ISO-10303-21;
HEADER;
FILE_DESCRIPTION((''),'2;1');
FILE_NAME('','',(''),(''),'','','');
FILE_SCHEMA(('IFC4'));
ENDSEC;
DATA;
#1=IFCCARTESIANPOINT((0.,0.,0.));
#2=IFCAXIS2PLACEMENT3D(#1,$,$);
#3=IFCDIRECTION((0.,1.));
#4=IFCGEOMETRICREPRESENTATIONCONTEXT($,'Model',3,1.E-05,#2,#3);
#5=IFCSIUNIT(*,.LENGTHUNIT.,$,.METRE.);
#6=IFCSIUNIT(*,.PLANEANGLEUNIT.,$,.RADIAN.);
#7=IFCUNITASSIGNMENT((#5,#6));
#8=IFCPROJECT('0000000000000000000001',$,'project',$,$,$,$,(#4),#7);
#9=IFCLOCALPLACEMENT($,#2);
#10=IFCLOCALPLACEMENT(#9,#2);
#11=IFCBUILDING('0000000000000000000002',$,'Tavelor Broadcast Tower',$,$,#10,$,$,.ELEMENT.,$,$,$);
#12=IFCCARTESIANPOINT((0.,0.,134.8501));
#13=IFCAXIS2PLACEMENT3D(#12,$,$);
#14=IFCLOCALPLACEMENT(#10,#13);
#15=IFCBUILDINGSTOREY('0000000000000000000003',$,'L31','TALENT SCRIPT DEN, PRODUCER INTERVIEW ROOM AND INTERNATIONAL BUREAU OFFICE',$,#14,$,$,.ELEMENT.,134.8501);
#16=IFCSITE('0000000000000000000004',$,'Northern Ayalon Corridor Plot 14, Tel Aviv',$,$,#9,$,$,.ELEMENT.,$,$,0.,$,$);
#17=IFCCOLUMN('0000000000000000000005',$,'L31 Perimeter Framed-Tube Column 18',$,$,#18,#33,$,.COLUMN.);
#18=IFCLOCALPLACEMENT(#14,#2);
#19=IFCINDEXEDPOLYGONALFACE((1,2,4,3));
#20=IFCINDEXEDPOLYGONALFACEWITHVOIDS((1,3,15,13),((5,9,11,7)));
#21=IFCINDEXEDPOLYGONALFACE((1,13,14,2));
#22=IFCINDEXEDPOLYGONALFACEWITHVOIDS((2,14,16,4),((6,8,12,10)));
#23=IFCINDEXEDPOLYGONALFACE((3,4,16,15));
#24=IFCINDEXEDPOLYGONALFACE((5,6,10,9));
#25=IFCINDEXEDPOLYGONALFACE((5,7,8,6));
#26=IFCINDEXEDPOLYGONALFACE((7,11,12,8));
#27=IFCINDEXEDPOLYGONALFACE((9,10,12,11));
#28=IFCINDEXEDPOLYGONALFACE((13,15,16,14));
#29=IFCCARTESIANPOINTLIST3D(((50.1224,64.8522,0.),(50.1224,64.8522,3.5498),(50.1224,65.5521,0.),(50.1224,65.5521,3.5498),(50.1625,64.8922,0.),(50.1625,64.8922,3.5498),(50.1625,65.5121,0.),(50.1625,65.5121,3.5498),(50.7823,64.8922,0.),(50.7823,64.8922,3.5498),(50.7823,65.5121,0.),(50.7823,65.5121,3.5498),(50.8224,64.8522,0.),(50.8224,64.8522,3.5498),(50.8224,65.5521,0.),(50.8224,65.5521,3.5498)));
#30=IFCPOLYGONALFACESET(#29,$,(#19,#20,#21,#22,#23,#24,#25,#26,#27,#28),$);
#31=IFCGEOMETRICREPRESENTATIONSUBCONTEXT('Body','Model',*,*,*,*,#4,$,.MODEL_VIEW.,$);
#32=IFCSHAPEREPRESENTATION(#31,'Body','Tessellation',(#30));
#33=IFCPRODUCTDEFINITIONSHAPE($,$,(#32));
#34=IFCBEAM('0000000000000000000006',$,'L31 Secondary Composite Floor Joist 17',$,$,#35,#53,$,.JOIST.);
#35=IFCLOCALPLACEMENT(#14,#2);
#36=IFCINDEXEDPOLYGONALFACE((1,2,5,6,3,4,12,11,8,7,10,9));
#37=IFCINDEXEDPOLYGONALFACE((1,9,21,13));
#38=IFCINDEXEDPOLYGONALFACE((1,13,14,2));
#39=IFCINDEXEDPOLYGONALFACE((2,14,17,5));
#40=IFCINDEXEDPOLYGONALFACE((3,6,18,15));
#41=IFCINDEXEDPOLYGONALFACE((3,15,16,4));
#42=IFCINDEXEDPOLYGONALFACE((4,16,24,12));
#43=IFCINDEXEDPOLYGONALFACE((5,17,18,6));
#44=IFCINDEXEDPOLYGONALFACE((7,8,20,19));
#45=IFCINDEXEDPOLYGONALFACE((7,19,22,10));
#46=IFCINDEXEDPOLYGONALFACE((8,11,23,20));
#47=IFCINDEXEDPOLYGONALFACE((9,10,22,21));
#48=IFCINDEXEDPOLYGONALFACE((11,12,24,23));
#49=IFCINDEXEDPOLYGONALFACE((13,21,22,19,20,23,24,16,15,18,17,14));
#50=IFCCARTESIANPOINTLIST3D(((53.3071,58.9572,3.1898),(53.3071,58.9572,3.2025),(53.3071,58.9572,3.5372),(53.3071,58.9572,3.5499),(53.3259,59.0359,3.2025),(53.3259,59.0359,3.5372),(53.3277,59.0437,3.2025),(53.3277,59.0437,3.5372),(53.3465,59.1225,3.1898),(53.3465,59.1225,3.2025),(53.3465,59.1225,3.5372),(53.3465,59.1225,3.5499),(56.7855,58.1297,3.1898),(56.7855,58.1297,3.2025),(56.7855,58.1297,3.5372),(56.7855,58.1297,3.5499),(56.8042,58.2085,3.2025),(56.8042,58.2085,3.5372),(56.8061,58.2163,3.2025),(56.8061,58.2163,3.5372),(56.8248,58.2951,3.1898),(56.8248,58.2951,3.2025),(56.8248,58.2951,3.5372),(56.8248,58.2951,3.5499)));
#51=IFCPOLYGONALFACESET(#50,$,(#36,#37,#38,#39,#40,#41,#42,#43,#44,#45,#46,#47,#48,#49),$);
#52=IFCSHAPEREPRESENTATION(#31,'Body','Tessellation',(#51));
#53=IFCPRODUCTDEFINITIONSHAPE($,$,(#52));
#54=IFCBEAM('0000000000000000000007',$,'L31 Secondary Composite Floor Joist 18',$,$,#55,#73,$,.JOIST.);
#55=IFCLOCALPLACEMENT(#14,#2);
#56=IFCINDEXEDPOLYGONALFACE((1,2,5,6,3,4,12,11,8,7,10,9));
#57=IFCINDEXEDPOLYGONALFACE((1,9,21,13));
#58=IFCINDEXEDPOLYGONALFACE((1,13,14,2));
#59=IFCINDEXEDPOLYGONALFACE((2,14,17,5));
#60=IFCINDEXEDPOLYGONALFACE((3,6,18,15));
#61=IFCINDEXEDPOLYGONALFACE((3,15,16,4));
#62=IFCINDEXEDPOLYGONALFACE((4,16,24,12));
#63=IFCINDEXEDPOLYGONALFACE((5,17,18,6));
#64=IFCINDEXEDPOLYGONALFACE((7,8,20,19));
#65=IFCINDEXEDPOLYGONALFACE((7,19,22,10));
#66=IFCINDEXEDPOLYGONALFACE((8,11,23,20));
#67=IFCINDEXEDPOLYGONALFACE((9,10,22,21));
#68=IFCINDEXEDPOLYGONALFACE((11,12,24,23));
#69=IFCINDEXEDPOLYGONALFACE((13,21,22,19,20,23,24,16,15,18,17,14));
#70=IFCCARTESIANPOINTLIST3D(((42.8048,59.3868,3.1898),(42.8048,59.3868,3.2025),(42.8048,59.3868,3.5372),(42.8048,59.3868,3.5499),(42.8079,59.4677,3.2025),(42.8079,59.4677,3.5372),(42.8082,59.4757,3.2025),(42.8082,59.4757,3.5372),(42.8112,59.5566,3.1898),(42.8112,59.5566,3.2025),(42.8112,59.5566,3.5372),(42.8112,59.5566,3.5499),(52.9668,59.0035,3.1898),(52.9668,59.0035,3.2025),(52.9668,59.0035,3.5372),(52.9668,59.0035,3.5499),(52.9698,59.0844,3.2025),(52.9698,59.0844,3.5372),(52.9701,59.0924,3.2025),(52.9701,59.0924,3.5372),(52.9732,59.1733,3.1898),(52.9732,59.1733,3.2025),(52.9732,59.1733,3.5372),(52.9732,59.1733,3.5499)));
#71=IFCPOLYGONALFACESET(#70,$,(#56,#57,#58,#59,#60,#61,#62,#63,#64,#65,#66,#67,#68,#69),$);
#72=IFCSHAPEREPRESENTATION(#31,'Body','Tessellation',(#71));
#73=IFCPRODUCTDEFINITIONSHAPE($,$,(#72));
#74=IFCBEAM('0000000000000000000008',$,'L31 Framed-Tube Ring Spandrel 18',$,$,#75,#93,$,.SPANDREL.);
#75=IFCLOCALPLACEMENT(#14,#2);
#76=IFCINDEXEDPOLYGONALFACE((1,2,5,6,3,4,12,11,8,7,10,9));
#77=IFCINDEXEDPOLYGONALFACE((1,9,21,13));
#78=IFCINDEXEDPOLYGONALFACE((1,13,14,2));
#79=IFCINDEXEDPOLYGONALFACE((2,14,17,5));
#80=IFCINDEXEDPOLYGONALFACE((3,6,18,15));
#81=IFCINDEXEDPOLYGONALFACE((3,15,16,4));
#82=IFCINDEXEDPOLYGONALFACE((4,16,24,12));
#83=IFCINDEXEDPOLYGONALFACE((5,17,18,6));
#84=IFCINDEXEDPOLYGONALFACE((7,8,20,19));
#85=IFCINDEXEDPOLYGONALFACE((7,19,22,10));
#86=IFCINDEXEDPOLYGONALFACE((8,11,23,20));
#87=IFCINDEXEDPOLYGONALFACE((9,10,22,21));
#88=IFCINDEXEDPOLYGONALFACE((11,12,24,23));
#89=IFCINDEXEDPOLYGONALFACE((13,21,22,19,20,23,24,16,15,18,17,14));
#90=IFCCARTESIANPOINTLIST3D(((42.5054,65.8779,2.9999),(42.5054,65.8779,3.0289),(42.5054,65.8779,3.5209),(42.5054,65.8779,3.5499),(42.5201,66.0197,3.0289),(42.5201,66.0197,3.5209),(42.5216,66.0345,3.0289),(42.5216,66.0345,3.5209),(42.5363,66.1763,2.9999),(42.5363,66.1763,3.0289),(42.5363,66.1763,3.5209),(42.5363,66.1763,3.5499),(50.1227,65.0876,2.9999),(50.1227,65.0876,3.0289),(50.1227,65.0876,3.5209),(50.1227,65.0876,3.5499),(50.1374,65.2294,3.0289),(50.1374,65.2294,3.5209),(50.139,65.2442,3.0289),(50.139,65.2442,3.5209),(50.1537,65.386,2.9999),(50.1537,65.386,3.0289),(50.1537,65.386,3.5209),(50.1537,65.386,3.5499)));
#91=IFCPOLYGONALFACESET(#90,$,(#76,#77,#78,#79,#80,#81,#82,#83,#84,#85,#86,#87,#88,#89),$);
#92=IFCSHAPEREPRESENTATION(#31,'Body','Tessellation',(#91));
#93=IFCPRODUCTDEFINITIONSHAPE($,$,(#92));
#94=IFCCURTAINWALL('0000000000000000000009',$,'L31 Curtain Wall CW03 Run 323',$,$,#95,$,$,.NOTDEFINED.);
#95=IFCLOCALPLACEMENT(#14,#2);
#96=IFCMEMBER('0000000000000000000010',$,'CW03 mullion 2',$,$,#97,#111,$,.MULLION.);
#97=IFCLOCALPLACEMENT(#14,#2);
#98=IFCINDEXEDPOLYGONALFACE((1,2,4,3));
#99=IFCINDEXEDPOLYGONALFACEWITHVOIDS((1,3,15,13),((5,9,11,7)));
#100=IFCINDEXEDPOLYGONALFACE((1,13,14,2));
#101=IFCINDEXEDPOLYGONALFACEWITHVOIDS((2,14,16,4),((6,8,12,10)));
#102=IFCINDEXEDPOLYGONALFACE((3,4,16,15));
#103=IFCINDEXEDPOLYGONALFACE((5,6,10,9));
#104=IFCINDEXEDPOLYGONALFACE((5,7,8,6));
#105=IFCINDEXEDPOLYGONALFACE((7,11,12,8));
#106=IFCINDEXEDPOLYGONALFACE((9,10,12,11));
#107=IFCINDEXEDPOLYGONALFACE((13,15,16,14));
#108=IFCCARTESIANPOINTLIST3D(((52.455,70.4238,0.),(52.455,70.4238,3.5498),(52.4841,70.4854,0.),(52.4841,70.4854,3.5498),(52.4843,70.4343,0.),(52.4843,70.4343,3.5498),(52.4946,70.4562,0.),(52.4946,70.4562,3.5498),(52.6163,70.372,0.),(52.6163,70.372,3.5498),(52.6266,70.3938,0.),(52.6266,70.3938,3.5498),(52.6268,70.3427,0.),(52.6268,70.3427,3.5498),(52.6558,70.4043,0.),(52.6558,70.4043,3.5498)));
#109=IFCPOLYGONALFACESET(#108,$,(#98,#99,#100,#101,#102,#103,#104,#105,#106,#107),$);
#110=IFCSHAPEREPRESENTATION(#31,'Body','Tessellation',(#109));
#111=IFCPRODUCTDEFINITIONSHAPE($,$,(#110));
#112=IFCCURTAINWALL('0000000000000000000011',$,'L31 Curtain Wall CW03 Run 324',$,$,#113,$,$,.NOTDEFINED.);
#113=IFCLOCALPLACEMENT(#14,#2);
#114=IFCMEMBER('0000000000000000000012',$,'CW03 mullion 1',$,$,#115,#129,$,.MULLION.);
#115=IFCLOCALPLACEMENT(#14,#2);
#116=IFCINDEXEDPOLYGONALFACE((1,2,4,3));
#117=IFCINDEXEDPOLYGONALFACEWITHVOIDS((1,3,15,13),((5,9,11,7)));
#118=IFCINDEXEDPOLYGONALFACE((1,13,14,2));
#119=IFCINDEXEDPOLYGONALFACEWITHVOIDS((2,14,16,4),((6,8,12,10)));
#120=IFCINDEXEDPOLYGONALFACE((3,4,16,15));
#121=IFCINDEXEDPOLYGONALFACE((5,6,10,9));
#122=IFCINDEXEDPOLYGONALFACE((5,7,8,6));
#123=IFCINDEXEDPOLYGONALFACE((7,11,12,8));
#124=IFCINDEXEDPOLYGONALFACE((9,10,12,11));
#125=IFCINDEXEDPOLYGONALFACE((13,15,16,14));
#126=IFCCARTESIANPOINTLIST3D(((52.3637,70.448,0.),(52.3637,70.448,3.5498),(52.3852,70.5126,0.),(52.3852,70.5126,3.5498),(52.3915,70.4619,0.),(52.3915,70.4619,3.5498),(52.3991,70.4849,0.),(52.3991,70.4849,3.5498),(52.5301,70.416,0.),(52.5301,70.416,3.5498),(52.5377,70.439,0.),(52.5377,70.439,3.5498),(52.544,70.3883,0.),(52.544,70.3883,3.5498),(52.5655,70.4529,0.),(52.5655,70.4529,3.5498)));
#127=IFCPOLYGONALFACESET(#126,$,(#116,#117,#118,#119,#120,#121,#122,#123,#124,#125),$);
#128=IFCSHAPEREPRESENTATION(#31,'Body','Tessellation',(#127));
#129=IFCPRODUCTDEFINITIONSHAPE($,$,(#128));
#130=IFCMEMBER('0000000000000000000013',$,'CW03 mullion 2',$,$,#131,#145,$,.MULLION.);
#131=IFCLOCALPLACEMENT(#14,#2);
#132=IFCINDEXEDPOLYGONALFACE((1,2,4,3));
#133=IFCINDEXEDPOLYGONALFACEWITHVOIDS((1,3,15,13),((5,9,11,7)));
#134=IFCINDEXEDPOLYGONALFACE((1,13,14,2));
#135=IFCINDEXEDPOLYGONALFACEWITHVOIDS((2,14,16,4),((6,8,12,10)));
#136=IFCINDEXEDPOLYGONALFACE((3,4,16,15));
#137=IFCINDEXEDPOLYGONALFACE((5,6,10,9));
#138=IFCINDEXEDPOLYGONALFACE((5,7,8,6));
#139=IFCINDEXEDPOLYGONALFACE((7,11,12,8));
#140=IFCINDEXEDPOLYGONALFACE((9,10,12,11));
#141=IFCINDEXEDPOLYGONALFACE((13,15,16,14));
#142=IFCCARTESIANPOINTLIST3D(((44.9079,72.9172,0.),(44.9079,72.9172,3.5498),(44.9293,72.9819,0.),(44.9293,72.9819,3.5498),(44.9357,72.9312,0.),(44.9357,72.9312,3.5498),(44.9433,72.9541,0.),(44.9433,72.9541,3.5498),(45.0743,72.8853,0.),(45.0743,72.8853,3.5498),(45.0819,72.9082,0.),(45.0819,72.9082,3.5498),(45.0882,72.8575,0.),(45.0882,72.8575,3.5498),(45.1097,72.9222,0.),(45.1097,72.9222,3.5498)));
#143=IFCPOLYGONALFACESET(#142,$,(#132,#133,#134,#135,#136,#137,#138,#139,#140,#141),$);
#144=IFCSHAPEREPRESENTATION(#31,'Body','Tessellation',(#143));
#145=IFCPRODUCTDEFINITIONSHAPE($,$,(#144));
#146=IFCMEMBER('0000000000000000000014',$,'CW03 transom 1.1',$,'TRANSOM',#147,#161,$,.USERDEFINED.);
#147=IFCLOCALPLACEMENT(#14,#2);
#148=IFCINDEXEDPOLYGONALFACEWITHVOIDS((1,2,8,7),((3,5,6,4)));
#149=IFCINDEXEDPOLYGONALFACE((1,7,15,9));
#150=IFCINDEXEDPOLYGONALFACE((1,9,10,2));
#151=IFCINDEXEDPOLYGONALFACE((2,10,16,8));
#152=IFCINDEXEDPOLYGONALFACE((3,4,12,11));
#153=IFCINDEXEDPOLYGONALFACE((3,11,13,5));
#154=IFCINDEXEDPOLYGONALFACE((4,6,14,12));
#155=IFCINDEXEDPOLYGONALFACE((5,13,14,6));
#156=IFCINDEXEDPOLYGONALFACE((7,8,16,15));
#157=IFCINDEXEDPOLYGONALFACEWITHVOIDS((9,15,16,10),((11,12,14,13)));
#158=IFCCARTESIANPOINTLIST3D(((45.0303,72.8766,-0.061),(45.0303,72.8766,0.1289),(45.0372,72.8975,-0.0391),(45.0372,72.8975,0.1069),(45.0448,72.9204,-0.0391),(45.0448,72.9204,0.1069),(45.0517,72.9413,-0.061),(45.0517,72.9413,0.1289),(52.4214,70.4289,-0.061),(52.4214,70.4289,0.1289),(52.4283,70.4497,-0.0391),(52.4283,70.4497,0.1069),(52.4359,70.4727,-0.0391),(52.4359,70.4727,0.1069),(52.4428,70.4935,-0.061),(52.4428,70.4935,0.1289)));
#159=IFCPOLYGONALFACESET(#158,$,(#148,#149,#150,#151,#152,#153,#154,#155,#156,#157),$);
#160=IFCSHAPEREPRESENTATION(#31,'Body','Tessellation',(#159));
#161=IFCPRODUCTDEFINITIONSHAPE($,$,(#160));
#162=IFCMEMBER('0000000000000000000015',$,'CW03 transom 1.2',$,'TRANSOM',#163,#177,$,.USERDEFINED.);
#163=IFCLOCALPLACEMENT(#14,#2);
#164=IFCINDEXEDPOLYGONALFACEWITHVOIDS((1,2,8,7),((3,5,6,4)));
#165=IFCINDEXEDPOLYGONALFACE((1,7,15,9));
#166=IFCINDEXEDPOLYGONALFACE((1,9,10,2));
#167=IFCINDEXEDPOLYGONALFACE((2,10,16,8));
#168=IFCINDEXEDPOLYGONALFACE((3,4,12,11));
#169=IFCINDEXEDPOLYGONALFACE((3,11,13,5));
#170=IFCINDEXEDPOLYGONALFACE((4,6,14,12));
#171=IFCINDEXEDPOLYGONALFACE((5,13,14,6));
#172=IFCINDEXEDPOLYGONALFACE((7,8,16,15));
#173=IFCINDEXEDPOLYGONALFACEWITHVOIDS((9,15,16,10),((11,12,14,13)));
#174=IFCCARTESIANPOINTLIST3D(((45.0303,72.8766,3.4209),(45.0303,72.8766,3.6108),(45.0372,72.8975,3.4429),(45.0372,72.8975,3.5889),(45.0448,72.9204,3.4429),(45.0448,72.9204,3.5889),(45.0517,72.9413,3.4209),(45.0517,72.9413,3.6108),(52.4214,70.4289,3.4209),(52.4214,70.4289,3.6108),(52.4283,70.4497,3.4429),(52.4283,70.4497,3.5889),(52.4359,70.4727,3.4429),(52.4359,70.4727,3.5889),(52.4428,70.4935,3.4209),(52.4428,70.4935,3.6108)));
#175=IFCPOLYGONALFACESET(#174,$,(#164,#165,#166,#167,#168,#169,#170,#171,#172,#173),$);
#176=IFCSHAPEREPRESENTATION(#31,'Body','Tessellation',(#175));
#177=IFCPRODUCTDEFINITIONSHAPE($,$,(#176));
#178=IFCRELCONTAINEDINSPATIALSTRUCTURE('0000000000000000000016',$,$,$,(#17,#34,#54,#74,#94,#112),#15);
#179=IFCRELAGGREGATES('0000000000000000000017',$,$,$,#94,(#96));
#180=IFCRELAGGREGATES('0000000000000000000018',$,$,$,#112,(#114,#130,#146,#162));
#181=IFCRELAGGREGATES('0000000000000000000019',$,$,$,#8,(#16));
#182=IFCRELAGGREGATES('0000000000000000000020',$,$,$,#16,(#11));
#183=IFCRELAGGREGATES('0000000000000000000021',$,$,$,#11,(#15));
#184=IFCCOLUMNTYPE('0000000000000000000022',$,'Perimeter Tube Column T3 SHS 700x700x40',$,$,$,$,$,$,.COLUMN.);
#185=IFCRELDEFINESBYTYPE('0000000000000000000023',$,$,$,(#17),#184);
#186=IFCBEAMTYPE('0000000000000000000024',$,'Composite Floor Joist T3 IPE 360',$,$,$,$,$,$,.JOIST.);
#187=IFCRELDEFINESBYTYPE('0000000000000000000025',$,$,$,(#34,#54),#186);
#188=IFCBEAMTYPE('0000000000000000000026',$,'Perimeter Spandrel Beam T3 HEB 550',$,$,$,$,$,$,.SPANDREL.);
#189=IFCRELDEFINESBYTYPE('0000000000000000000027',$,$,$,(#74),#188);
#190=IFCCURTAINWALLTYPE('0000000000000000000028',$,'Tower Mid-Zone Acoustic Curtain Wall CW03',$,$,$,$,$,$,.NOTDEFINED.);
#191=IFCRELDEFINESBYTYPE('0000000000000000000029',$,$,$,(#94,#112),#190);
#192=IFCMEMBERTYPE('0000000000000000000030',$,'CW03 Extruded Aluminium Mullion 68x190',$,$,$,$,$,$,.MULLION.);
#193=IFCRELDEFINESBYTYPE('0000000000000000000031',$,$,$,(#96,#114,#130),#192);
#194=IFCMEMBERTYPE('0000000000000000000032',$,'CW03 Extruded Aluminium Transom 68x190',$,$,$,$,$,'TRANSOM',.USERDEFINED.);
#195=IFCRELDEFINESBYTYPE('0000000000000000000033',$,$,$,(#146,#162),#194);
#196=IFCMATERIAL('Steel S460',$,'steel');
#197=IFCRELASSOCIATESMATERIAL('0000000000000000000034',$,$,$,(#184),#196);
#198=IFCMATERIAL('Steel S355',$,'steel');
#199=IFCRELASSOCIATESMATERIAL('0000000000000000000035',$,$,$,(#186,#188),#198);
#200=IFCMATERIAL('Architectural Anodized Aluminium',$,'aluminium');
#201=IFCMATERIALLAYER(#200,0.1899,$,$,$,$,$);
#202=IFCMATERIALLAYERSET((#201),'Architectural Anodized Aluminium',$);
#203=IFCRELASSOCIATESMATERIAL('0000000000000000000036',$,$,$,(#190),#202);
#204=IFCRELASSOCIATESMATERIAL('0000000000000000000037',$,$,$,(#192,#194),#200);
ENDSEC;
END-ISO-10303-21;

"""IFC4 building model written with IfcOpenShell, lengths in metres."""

from ifc_helpers import new_model, si_unit, direction, frame, origin, origin_2d, place, context, subcontext, project, spatial, hollow_rectangle, i_section, extrude, source, transform, mapped, material, layer, layer_set, material_profile, profile_set, type_object, type_shapes, element, aggregate, save


model = new_model("IFC4")

# Units and contexts
model_context = context("Model", 3, precision=1e-05, world=origin(), true_north=direction((0.0, 1.0)))
body_context = subcontext(model_context, "Body", "Model", "MODEL_VIEW")
ifc_project = project(units=[si_unit("LENGTHUNIT", "METRE"), si_unit("PLANEANGLEUNIT", "RADIAN")], contexts=[model_context])

# Site, building, storey
site_placement = place(None, origin())
site = spatial("IfcSite", under=ifc_project, at=site_placement, Name="Northern Ayalon Corridor Plot 14, Tel Aviv", CompositionType="ELEMENT", RefElevation=0.0)
building_placement = place(site_placement, origin())
building = spatial("IfcBuilding", under=site, at=building_placement, Name="Tavelor Broadcast Tower", CompositionType="ELEMENT")
storey_placement = place(building_placement, frame((0.0, 0.0, 134.8501)))
storey = spatial("IfcBuildingStorey", under=building, at=storey_placement, Name="L31", Description="TALENT SCRIPT DEN, PRODUCER INTERVIEW ROOM AND INTERNATIONAL BUREAU OFFICE", CompositionType="ELEMENT", Elevation=134.8501)

# Column
ifc_material_1 = material(Name="Steel S460", Category="steel")
ifc_material_profile_1 = material_profile(ifc_material_1, hollow_rectangle(XDim=0.7, YDim=0.7, WallThickness=0.04, at=origin_2d()), Name="SHS 700x700x40")
ifc_profile_set_1 = profile_set([ifc_material_profile_1], Name="Steel S460")
column_type = type_object("IfcColumnType", Name="Perimeter Tube Column T3 SHS 700x700x40", PredefinedType="COLUMN", material=ifc_profile_set_1)
column_placement = place(storey_placement, frame((50.4724, 65.2021, 0.0), z_axis=(0.0, 0.0, 1.0), x_axis=(1.0, 0.0, 0.0)))
element("IfcColumn", 1, at=column_placement, inside=storey, type_object=column_type, Name="L31 Perimeter Framed-Tube Column 18", PredefinedType="COLUMN", context=body_context, shape_type="SweptSolid", body=[
    extrude(hollow_rectangle(XDim=0.7, YDim=0.7, WallThickness=0.04, at=origin_2d()), origin(), (0.0, 0.0, 1.0), 3.5498),
])

# Beams
ifc_material_2 = material(Name="Steel S355", Category="steel")
ifc_material_profile_2 = material_profile(ifc_material_2, i_section(OverallWidth=0.1699, OverallDepth=0.3601, WebThickness=0.0081, FlangeThickness=0.0127, at=origin_2d()), Name="IPE 360")
ifc_profile_set_2 = profile_set([ifc_material_profile_2], Name="Steel S355")
beam_type_1 = type_object("IfcBeamType", Name="Composite Floor Joist T3 IPE 360", PredefinedType="JOIST", material=ifc_profile_set_2)
beam_1_placement = place(storey_placement, frame((56.8052, 58.2124, 3.3699), z_axis=(-0.972855, 0.231417, 0.0), x_axis=(-0.231417, -0.972855, 0.0)))
element("IfcBeam", 2, at=beam_1_placement, inside=storey, type_object=beam_type_1, Name="L31 Secondary Composite Floor Joist 17", PredefinedType="JOIST", context=body_context, shape_type="SweptSolid", body=[
    extrude(i_section(OverallWidth=0.1699, OverallDepth=0.3601, WebThickness=0.0081, FlangeThickness=0.0127, at=origin_2d()), origin(), (0.0, 0.0, 1.0), 3.5754),
])
beam_2_placement = place(storey_placement, frame((52.97, 59.0884, 3.3699), z_axis=(-0.999289, 0.037693, 0.0), x_axis=(-0.037693, -0.999289, 0.0)))
element("IfcBeam", 3, at=beam_2_placement, inside=storey, type_object=beam_type_1, Name="L31 Secondary Composite Floor Joist 18", PredefinedType="JOIST", context=body_context, shape_type="SweptSolid", body=[
    extrude(i_section(OverallWidth=0.1699, OverallDepth=0.3601, WebThickness=0.0081, FlangeThickness=0.0127, at=origin_2d()), origin(), (0.0, 0.0, 1.0), 10.1692),
])
ifc_material_profile_3 = material_profile(ifc_material_2, i_section(OverallWidth=0.3, OverallDepth=0.55, WebThickness=0.0149, FlangeThickness=0.0291, at=origin_2d()), Name="HEB 550")
ifc_profile_set_3 = profile_set([ifc_material_profile_3], Name="Steel S355")
beam_type_2 = type_object("IfcBeamType", Name="Perimeter Spandrel Beam T3 HEB 550", PredefinedType="SPANDREL", material=ifc_profile_set_3)
beam_3_placement = place(storey_placement, frame((50.1382, 65.2368, 3.2749), z_axis=(-0.994661, 0.103193, 0.0), x_axis=(-0.103193, -0.994661, 0.0)))
element("IfcBeam", 4, at=beam_3_placement, inside=storey, type_object=beam_type_2, Name="L31 Framed-Tube Ring Spandrel 18", PredefinedType="SPANDREL", context=body_context, shape_type="SweptSolid", body=[
    extrude(i_section(OverallWidth=0.3, OverallDepth=0.55, WebThickness=0.0149, FlangeThickness=0.0291, at=origin_2d()), origin(), (0.0, 0.0, 1.0), 7.6582),
])

# Curtain wall, member
ifc_material_3 = material(Name="Architectural Anodized Aluminium", Category="aluminium")
ifc_layer_1 = layer(ifc_material_3, 0.1899)
ifc_layer_set_1 = layer_set([ifc_layer_1], Name="Architectural Anodized Aluminium")
curtain_wall_type = type_object("IfcCurtainWallType", Name="Tower Mid-Zone Acoustic Curtain Wall CW03", PredefinedType="NOTDEFINED", material=ifc_layer_set_1)
curtain_wall_1_placement = place(storey_placement, origin())
curtain_wall_1 = element("IfcCurtainWall", 5, at=curtain_wall_1_placement, inside=storey, type_object=curtain_wall_type, Name="L31 Curtain Wall CW03 Run 323", PredefinedType="NOTDEFINED")
ifc_material_profile_4 = material_profile(ifc_material_3, hollow_rectangle(XDim=0.0681, YDim=0.1899, WallThickness=0.022, at=origin_2d()), Name="RHS 68x190x22")
ifc_profile_set_4 = profile_set([ifc_material_profile_4], Name="Architectural Anodized Aluminium")
member_type_1 = type_object("IfcMemberType", Name="CW03 Extruded Aluminium Mullion 68x190", PredefinedType="MULLION", material=ifc_profile_set_4)
shared_shape_1 = source(origin(), body_context, "Body", "SweptSolid", [
    extrude(hollow_rectangle(XDim=0.0681, YDim=0.1899, WallThickness=0.022, at=origin_2d()), origin(), (0.0, 0.0, 1.0), 3.5498),
])
type_shapes(member_type_1, [shared_shape_1])
member_1_placement = place(storey_placement, frame((52.5554, 70.4141, 0.0), z_axis=(0.0, 0.0, 1.0), x_axis=(-0.426954, -0.904273, 0.0)))
member_1 = element("IfcMember", 6, at=member_1_placement, type_object=member_type_1, Name="CW03 mullion 2", PredefinedType="MULLION", context=body_context, shape_type="MappedRepresentation", body=[
    mapped(shared_shape_1, transform((0.0, 0.0, 0.0), scale=1.0)),
])

# Curtain wall, members
curtain_wall_2_placement = place(storey_placement, origin())
curtain_wall_2 = element("IfcCurtainWall", 7, at=curtain_wall_2_placement, inside=storey, type_object=curtain_wall_type, Name="L31 Curtain Wall CW03 Run 324", PredefinedType="NOTDEFINED")
member_2_placement = place(storey_placement, frame((52.4646, 70.4504, 0.0), z_axis=(0.0, 0.0, 1.0), x_axis=(-0.314387, -0.949295, 0.0)))
member_2 = element("IfcMember", 8, at=member_2_placement, type_object=member_type_1, Name="CW03 mullion 1", PredefinedType="MULLION", context=body_context, shape_type="MappedRepresentation", body=[
    mapped(shared_shape_1, transform((0.0, 0.0, 0.0), scale=1.0)),
])
member_3_placement = place(storey_placement, frame((45.0088, 72.9197, 0.0), z_axis=(0.0, 0.0, 1.0), x_axis=(-0.314387, -0.949295, 0.0)))
member_3 = element("IfcMember", 9, at=member_3_placement, type_object=member_type_1, Name="CW03 mullion 2", PredefinedType="MULLION", context=body_context, shape_type="MappedRepresentation", body=[
    mapped(shared_shape_1, transform((0.0, 0.0, 0.0), scale=1.0)),
])
ifc_material_profile_5 = material_profile(ifc_material_3, hollow_rectangle(XDim=0.0681, YDim=0.1899, WallThickness=0.022, at=origin_2d()), Name="RHS 68x190x22")
ifc_profile_set_5 = profile_set([ifc_material_profile_5], Name="Architectural Anodized Aluminium")
member_type_2 = type_object("IfcMemberType", Name="CW03 Extruded Aluminium Transom 68x190", ElementType="TRANSOM", PredefinedType="USERDEFINED", material=ifc_profile_set_5)
shared_shape_2 = source(origin(), body_context, "Body", "SweptSolid", [
    extrude(hollow_rectangle(XDim=0.0681, YDim=0.1899, WallThickness=0.022, at=origin_2d()), origin(), (0.0, 0.0, 1.0), 7.7859),
])
type_shapes(member_type_2, [shared_shape_2])
member_4_placement = place(storey_placement, frame((52.4321, 70.4612, 0.0339), z_axis=(-0.949296, 0.314383, 0.0), x_axis=(-0.314383, -0.949296, 0.0)))
member_4 = element("IfcMember", 10, at=member_4_placement, type_object=member_type_2, Name="CW03 transom 1.1", ObjectType="TRANSOM", PredefinedType="USERDEFINED", context=body_context, shape_type="MappedRepresentation", body=[
    mapped(shared_shape_2, transform((0.0, 0.0, 0.0), scale=1.0)),
])
member_5_placement = place(storey_placement, frame((52.4321, 70.4612, 3.5159), z_axis=(-0.949296, 0.314383, 0.0), x_axis=(-0.314383, -0.949296, 0.0)))
member_5 = element("IfcMember", 11, at=member_5_placement, type_object=member_type_2, Name="CW03 transom 1.2", ObjectType="TRANSOM", PredefinedType="USERDEFINED", context=body_context, shape_type="MappedRepresentation", body=[
    mapped(shared_shape_2, transform((0.0, 0.0, 0.0), scale=1.0)),
])

aggregate(curtain_wall_1, [member_1])
aggregate(curtain_wall_2, [member_2, member_3, member_4, member_5])

save(model, "model.ifc")
